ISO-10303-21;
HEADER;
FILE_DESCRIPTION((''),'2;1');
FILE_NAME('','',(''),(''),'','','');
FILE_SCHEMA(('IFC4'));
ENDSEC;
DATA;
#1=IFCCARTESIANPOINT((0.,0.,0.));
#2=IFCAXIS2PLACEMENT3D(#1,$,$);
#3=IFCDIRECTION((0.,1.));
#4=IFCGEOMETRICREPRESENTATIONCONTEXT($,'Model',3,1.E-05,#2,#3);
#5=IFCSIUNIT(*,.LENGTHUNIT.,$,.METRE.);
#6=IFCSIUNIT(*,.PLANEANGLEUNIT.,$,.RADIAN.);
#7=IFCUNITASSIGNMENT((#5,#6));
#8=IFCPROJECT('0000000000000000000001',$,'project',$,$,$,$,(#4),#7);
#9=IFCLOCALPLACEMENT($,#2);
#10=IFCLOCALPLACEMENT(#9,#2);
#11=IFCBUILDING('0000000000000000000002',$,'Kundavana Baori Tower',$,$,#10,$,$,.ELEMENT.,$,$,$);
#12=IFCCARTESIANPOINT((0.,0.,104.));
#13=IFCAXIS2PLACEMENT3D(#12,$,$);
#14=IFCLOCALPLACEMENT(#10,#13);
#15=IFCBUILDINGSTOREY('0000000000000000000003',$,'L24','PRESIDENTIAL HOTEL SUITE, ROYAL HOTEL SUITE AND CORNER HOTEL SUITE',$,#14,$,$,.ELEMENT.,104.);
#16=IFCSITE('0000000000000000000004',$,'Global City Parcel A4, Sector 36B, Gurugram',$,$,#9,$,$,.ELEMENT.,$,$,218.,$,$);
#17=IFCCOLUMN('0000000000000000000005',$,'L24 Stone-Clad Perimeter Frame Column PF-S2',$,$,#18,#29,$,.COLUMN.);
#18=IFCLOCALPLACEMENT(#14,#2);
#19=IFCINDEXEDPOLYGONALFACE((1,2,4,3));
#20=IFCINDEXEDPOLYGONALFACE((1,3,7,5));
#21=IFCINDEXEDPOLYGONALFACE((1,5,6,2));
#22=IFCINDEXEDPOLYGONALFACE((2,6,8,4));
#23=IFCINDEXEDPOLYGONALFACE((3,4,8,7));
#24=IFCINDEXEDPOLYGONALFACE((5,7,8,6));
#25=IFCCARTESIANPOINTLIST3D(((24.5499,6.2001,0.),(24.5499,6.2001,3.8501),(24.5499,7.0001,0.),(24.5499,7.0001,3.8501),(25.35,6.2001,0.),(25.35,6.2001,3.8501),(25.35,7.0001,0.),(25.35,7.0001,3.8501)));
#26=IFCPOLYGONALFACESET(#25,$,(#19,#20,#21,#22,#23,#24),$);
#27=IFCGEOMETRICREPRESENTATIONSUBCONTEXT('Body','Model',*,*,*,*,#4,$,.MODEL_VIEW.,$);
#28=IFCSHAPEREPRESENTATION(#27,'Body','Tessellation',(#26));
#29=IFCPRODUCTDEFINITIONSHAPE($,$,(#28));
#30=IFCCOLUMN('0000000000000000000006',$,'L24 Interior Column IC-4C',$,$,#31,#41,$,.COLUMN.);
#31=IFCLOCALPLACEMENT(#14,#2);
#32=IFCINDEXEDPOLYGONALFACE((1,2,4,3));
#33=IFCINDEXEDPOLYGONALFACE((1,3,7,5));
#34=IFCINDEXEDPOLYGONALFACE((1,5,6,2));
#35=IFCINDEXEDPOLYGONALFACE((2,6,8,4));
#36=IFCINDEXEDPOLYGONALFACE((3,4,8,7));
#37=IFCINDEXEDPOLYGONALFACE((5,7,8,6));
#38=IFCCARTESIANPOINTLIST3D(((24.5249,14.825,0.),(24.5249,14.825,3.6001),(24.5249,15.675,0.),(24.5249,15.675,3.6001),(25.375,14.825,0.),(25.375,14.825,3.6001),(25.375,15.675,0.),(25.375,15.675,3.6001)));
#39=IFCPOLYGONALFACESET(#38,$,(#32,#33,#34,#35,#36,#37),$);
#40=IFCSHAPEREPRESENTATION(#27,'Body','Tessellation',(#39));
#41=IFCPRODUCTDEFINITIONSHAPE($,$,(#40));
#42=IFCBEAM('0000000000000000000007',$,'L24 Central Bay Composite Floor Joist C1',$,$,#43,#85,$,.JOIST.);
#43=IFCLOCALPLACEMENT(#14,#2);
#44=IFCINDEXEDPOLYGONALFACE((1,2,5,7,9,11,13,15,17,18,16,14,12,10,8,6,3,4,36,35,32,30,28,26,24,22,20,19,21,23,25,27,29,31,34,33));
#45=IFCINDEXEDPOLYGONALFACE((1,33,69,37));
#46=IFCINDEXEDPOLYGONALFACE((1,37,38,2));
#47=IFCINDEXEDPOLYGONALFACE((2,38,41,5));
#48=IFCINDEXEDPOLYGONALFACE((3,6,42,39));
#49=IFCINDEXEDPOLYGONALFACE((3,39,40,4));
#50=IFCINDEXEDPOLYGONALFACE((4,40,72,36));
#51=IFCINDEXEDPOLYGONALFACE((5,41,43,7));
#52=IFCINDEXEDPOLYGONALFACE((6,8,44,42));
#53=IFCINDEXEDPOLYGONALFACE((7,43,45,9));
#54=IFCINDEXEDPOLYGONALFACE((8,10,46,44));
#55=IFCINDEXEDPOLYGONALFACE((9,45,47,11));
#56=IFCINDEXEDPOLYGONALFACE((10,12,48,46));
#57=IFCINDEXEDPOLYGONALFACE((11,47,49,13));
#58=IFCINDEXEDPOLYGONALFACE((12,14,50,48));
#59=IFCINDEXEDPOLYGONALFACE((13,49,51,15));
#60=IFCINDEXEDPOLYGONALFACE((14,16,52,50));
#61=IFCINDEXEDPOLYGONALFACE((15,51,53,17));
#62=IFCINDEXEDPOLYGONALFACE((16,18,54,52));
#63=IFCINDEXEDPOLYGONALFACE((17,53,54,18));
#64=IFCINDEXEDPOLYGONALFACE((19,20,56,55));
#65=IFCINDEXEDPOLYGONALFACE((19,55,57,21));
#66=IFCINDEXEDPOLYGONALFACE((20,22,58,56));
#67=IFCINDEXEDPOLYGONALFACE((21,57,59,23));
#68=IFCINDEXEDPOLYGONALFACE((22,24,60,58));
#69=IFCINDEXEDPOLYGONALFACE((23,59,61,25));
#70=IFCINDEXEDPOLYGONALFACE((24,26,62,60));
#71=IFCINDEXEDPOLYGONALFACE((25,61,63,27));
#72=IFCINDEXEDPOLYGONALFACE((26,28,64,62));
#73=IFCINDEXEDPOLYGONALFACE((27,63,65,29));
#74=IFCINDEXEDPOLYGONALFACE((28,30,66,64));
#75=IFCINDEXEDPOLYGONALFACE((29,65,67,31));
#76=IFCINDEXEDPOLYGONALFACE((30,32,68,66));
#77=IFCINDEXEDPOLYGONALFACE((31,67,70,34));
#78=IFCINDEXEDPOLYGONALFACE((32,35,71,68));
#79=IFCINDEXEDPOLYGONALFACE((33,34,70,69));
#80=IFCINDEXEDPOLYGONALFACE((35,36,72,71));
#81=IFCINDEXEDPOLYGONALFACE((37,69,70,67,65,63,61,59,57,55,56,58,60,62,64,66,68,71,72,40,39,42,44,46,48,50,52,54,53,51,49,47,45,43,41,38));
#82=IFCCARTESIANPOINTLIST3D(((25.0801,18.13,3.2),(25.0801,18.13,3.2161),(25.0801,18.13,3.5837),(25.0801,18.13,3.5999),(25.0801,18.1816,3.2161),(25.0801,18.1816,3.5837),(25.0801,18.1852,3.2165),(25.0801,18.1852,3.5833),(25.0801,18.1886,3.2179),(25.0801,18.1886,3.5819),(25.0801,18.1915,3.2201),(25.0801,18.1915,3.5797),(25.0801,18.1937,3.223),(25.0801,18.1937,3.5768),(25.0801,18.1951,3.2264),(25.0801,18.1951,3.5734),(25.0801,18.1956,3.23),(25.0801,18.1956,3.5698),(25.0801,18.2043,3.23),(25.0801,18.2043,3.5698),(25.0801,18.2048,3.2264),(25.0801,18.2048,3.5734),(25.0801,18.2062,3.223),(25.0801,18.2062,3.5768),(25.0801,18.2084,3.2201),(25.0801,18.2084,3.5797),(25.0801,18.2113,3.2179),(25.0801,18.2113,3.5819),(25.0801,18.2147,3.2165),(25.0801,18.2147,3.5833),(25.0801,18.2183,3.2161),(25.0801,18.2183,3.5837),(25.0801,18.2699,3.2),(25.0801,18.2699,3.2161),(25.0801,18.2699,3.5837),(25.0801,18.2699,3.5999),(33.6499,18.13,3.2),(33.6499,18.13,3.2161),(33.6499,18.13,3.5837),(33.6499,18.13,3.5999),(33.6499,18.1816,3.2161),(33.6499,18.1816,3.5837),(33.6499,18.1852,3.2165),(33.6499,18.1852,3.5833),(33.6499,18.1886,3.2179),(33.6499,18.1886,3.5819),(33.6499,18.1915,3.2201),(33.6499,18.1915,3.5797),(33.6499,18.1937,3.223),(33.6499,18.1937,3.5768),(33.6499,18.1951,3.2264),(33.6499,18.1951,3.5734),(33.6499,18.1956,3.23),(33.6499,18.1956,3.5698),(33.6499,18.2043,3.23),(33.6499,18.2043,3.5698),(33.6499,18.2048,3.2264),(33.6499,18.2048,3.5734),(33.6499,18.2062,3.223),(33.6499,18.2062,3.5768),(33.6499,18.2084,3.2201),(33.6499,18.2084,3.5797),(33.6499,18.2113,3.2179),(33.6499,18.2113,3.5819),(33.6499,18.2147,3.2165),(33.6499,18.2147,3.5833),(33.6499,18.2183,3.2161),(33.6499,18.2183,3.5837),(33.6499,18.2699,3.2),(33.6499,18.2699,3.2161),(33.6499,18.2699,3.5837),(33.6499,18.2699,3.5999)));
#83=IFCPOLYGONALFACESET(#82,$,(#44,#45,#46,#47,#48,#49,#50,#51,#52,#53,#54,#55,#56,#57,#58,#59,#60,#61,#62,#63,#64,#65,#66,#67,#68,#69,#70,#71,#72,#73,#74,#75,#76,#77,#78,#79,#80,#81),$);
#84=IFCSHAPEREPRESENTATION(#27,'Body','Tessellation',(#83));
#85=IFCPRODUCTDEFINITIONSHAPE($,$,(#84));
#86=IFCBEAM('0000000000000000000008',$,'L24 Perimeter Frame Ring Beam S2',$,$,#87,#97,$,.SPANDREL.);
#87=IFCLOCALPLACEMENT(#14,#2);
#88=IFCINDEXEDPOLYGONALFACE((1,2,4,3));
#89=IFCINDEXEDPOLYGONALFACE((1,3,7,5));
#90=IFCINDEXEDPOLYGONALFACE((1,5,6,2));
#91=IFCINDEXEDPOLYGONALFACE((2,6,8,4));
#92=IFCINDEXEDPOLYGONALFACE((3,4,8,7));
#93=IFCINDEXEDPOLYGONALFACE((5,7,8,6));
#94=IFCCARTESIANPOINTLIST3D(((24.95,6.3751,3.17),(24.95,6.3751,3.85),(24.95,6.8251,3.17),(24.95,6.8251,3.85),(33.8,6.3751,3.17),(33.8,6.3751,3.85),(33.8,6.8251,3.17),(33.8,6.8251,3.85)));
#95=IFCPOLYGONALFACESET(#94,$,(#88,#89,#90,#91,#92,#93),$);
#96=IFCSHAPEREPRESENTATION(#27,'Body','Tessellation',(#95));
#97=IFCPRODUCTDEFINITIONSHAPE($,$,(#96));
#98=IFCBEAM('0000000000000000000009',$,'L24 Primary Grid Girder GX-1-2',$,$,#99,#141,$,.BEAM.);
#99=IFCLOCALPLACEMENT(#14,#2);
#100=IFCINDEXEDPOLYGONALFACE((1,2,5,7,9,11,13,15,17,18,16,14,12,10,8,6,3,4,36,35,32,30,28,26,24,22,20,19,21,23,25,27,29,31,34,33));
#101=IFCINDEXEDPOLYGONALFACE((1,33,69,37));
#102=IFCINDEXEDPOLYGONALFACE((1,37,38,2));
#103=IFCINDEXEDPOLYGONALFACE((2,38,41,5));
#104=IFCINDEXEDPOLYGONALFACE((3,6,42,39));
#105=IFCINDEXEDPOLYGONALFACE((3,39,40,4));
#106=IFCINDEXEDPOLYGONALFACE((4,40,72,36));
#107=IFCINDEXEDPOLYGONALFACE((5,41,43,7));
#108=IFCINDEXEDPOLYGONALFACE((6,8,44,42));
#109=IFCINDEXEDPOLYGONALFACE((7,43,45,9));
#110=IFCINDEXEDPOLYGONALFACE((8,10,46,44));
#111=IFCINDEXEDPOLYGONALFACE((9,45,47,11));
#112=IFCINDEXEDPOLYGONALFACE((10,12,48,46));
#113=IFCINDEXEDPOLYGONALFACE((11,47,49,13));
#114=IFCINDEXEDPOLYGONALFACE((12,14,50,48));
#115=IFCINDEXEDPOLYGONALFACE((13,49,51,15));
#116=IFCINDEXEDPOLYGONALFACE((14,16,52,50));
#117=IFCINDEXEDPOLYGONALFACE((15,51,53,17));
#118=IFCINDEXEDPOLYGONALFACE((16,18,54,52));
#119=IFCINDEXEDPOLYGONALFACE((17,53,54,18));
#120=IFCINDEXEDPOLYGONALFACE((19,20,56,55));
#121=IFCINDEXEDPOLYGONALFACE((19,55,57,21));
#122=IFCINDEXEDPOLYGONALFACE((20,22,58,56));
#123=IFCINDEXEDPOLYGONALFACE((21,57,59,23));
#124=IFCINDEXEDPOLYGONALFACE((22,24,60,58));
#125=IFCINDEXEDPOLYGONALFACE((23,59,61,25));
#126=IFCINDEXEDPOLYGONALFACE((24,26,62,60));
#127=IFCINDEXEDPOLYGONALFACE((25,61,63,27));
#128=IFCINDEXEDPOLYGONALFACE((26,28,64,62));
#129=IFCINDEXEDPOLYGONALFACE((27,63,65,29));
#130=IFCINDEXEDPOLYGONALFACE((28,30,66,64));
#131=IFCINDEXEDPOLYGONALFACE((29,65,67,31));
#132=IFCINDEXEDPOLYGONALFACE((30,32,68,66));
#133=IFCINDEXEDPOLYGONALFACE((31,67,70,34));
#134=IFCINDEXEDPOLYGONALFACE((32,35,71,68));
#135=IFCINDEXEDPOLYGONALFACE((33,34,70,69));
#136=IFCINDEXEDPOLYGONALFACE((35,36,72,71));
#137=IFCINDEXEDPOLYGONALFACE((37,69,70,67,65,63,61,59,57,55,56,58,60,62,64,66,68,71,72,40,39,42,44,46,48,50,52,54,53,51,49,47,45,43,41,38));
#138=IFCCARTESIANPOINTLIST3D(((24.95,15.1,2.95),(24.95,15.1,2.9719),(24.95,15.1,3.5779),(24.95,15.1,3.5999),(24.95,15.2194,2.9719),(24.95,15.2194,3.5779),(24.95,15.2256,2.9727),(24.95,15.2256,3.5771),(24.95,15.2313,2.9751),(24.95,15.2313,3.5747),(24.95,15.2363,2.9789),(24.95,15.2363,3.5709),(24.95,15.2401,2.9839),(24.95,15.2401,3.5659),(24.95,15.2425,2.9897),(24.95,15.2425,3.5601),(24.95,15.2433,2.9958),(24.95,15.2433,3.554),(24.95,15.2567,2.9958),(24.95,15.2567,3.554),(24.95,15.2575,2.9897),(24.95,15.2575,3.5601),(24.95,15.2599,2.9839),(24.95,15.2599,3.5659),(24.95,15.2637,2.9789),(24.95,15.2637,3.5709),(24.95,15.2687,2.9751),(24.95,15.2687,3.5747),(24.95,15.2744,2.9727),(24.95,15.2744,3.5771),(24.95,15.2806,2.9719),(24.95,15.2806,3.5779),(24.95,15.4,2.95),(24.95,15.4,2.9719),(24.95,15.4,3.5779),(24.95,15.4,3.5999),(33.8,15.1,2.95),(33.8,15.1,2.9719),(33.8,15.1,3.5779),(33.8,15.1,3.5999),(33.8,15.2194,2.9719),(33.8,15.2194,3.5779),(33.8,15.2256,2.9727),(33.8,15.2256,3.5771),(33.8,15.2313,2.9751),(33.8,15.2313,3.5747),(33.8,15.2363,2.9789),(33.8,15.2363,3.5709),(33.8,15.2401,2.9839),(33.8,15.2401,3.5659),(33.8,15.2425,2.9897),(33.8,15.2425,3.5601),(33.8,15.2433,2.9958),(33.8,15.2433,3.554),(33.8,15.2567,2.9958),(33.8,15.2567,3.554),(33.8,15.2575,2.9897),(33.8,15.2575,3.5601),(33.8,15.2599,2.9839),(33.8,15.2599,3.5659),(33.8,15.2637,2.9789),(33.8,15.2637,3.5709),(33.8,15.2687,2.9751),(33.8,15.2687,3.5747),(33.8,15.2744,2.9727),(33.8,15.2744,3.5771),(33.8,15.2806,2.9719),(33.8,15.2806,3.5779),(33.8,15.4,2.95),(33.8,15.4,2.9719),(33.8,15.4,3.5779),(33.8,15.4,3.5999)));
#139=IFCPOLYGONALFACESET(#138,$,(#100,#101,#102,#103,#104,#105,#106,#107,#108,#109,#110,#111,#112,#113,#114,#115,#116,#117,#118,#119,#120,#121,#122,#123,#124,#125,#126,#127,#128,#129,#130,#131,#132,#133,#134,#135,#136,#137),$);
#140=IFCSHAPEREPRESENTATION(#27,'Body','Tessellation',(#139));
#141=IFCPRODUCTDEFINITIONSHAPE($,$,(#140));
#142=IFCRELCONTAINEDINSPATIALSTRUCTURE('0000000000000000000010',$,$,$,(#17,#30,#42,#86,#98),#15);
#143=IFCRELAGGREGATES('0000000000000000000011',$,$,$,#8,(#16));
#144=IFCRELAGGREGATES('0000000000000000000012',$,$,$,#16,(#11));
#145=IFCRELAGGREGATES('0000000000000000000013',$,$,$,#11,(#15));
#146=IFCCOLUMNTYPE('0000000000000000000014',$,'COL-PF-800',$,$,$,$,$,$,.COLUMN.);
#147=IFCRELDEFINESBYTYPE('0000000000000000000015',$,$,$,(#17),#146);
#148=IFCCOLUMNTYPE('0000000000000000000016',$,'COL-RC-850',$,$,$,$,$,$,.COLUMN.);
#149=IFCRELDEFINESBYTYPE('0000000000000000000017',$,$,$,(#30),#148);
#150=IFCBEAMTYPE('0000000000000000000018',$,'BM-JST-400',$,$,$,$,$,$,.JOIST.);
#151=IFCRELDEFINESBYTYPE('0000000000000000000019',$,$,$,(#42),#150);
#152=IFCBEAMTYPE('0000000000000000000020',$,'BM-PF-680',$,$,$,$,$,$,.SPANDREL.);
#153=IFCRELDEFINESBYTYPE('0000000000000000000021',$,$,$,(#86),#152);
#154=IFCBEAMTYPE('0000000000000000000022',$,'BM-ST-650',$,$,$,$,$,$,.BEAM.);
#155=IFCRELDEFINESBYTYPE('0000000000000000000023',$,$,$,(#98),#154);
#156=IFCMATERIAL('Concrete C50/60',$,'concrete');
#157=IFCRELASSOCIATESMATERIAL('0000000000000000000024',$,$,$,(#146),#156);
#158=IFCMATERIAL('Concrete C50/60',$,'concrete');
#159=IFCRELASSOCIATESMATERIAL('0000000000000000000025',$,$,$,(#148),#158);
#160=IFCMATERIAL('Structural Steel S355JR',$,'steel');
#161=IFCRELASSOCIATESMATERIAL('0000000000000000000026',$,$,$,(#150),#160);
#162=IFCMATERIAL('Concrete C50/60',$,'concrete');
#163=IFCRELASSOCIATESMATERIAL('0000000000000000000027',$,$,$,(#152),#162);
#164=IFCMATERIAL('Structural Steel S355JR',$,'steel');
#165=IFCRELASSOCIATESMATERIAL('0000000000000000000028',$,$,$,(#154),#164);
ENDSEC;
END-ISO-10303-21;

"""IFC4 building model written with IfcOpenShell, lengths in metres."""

from ifc_helpers import new_model, si_unit, direction, frame, origin, origin_2d, place, context, subcontext, project, spatial, rectangle, i_section, extrude, material, material_profile, profile_set, type_object, element, save


model = new_model("IFC4")

# Units and contexts
model_context = context("Model", 3, precision=1e-05, world=origin(), true_north=direction((0.0, 1.0)))
body_context = subcontext(model_context, "Body", "Model", "MODEL_VIEW")
ifc_project = project(units=[si_unit("LENGTHUNIT", "METRE"), si_unit("PLANEANGLEUNIT", "RADIAN")], contexts=[model_context])

# Site, building, storey
site_placement = place(None, origin())
site = spatial("IfcSite", under=ifc_project, at=site_placement, Name="Global City Parcel A4, Sector 36B, Gurugram", CompositionType="ELEMENT", RefElevation=218.0)
building_placement = place(site_placement, origin())
building = spatial("IfcBuilding", under=site, at=building_placement, Name="Kundavana Baori Tower", CompositionType="ELEMENT")
storey_placement = place(building_placement, frame((0.0, 0.0, 104.0)))
storey = spatial("IfcBuildingStorey", under=building, at=storey_placement, Name="L24", Description="PRESIDENTIAL HOTEL SUITE, ROYAL HOTEL SUITE AND CORNER HOTEL SUITE", CompositionType="ELEMENT", Elevation=104.0)

# Columns
ifc_material_1 = material(Name="Concrete C50/60", Category="concrete")
ifc_material_profile_1 = material_profile(ifc_material_1, rectangle(XDim=0.8, YDim=0.8, at=origin_2d()), Name="RC PF 800x800")
ifc_profile_set_1 = profile_set([ifc_material_profile_1], Name="Concrete C50/60")
column_type_1 = type_object("IfcColumnType", Name="COL-PF-800", PredefinedType="COLUMN", material=ifc_profile_set_1)
column_1_placement = place(storey_placement, frame((24.95, 6.6001, 0.0), z_axis=(0.0, 0.0, 1.0), x_axis=(1.0, 0.0, 0.0)))
element("IfcColumn", 1, at=column_1_placement, inside=storey, type_object=column_type_1, Name="L24 Stone-Clad Perimeter Frame Column PF-S2", PredefinedType="COLUMN", context=body_context, shape_type="SweptSolid", body=[
    extrude(rectangle(XDim=0.8, YDim=0.8, at=origin_2d()), origin(), (0.0, 0.0, 1.0), 3.8501),
])
ifc_material_2 = material(Name="Concrete C50/60", Category="concrete")
ifc_material_profile_2 = material_profile(ifc_material_2, rectangle(XDim=0.8501, YDim=0.8501, at=origin_2d()), Name="RC 850x850")
ifc_profile_set_2 = profile_set([ifc_material_profile_2], Name="Concrete C50/60")
column_type_2 = type_object("IfcColumnType", Name="COL-RC-850", PredefinedType="COLUMN", material=ifc_profile_set_2)
column_2_placement = place(storey_placement, frame((24.95, 15.25, 0.0), z_axis=(0.0, 0.0, 1.0), x_axis=(1.0, 0.0, 0.0)))
element("IfcColumn", 2, at=column_2_placement, inside=storey, type_object=column_type_2, Name="L24 Interior Column IC-4C", PredefinedType="COLUMN", context=body_context, shape_type="SweptSolid", body=[
    extrude(rectangle(XDim=0.8501, YDim=0.8501, at=origin_2d()), origin(), (0.0, 0.0, 1.0), 3.6001),
])

# Beams
ifc_material_3 = material(Name="Structural Steel S355JR", Category="steel")
ifc_material_profile_3 = material_profile(ifc_material_3, i_section(OverallWidth=0.1399, OverallDepth=0.3999, WebThickness=0.0088, FlangeThickness=0.0161, FilletRadius=0.0139, at=origin_2d()), Name="ISMB 400")
ifc_profile_set_3 = profile_set([ifc_material_profile_3], Name="Structural Steel S355JR")
beam_type_1 = type_object("IfcBeamType", Name="BM-JST-400", PredefinedType="JOIST", material=ifc_profile_set_3)
beam_1_placement = place(storey_placement, frame((25.0801, 18.2, 3.3999), z_axis=(1.0, 0.0, 0.0), x_axis=(0.0, 1.0, 0.0)))
element("IfcBeam", 3, at=beam_1_placement, inside=storey, type_object=beam_type_1, Name="L24 Central Bay Composite Floor Joist C1", PredefinedType="JOIST", context=body_context, shape_type="SweptSolid", body=[
    extrude(i_section(OverallWidth=0.1399, OverallDepth=0.3999, WebThickness=0.0088, FlangeThickness=0.0161, FilletRadius=0.0139, at=origin_2d()), origin(), (0.0, 0.0, 1.0), 8.5698),
])
ifc_material_4 = material(Name="Concrete C50/60", Category="concrete")
ifc_material_profile_4 = material_profile(ifc_material_4, rectangle(XDim=0.45, YDim=0.6799, at=origin_2d()), Name="RC BM 450x680")
ifc_profile_set_4 = profile_set([ifc_material_profile_4], Name="Concrete C50/60")
beam_type_2 = type_object("IfcBeamType", Name="BM-PF-680", PredefinedType="SPANDREL", material=ifc_profile_set_4)
beam_2_placement = place(storey_placement, frame((24.95, 6.6001, 3.51), z_axis=(1.0, 0.0, 0.0), x_axis=(0.0, 1.0, 0.0)))
element("IfcBeam", 4, at=beam_2_placement, inside=storey, type_object=beam_type_2, Name="L24 Perimeter Frame Ring Beam S2", PredefinedType="SPANDREL", context=body_context, shape_type="SweptSolid", body=[
    extrude(rectangle(XDim=0.45, YDim=0.6799, at=origin_2d()), origin(), (0.0, 0.0, 1.0), 8.8501),
])
ifc_material_5 = material(Name="Structural Steel S355JR", Category="steel")
ifc_material_profile_5 = material_profile(ifc_material_5, i_section(OverallWidth=0.3, OverallDepth=0.6499, WebThickness=0.0134, FlangeThickness=0.022, FilletRadius=0.0239, at=origin_2d()), Name="NPB 650x300x155")
ifc_profile_set_5 = profile_set([ifc_material_profile_5], Name="Structural Steel S355JR")
beam_type_3 = type_object("IfcBeamType", Name="BM-ST-650", PredefinedType="BEAM", material=ifc_profile_set_5)
beam_3_placement = place(storey_placement, frame((24.95, 15.25, 3.2749), z_axis=(1.0, 0.0, 0.0), x_axis=(0.0, 1.0, 0.0)))
element("IfcBeam", 5, at=beam_3_placement, inside=storey, type_object=beam_type_3, Name="L24 Primary Grid Girder GX-1-2", PredefinedType="BEAM", context=body_context, shape_type="SweptSolid", body=[
    extrude(i_section(OverallWidth=0.3, OverallDepth=0.6499, WebThickness=0.0134, FlangeThickness=0.022, FilletRadius=0.0239, at=origin_2d()), origin(), (0.0, 0.0, 1.0), 8.8501),
])

save(model, "model.ifc")
